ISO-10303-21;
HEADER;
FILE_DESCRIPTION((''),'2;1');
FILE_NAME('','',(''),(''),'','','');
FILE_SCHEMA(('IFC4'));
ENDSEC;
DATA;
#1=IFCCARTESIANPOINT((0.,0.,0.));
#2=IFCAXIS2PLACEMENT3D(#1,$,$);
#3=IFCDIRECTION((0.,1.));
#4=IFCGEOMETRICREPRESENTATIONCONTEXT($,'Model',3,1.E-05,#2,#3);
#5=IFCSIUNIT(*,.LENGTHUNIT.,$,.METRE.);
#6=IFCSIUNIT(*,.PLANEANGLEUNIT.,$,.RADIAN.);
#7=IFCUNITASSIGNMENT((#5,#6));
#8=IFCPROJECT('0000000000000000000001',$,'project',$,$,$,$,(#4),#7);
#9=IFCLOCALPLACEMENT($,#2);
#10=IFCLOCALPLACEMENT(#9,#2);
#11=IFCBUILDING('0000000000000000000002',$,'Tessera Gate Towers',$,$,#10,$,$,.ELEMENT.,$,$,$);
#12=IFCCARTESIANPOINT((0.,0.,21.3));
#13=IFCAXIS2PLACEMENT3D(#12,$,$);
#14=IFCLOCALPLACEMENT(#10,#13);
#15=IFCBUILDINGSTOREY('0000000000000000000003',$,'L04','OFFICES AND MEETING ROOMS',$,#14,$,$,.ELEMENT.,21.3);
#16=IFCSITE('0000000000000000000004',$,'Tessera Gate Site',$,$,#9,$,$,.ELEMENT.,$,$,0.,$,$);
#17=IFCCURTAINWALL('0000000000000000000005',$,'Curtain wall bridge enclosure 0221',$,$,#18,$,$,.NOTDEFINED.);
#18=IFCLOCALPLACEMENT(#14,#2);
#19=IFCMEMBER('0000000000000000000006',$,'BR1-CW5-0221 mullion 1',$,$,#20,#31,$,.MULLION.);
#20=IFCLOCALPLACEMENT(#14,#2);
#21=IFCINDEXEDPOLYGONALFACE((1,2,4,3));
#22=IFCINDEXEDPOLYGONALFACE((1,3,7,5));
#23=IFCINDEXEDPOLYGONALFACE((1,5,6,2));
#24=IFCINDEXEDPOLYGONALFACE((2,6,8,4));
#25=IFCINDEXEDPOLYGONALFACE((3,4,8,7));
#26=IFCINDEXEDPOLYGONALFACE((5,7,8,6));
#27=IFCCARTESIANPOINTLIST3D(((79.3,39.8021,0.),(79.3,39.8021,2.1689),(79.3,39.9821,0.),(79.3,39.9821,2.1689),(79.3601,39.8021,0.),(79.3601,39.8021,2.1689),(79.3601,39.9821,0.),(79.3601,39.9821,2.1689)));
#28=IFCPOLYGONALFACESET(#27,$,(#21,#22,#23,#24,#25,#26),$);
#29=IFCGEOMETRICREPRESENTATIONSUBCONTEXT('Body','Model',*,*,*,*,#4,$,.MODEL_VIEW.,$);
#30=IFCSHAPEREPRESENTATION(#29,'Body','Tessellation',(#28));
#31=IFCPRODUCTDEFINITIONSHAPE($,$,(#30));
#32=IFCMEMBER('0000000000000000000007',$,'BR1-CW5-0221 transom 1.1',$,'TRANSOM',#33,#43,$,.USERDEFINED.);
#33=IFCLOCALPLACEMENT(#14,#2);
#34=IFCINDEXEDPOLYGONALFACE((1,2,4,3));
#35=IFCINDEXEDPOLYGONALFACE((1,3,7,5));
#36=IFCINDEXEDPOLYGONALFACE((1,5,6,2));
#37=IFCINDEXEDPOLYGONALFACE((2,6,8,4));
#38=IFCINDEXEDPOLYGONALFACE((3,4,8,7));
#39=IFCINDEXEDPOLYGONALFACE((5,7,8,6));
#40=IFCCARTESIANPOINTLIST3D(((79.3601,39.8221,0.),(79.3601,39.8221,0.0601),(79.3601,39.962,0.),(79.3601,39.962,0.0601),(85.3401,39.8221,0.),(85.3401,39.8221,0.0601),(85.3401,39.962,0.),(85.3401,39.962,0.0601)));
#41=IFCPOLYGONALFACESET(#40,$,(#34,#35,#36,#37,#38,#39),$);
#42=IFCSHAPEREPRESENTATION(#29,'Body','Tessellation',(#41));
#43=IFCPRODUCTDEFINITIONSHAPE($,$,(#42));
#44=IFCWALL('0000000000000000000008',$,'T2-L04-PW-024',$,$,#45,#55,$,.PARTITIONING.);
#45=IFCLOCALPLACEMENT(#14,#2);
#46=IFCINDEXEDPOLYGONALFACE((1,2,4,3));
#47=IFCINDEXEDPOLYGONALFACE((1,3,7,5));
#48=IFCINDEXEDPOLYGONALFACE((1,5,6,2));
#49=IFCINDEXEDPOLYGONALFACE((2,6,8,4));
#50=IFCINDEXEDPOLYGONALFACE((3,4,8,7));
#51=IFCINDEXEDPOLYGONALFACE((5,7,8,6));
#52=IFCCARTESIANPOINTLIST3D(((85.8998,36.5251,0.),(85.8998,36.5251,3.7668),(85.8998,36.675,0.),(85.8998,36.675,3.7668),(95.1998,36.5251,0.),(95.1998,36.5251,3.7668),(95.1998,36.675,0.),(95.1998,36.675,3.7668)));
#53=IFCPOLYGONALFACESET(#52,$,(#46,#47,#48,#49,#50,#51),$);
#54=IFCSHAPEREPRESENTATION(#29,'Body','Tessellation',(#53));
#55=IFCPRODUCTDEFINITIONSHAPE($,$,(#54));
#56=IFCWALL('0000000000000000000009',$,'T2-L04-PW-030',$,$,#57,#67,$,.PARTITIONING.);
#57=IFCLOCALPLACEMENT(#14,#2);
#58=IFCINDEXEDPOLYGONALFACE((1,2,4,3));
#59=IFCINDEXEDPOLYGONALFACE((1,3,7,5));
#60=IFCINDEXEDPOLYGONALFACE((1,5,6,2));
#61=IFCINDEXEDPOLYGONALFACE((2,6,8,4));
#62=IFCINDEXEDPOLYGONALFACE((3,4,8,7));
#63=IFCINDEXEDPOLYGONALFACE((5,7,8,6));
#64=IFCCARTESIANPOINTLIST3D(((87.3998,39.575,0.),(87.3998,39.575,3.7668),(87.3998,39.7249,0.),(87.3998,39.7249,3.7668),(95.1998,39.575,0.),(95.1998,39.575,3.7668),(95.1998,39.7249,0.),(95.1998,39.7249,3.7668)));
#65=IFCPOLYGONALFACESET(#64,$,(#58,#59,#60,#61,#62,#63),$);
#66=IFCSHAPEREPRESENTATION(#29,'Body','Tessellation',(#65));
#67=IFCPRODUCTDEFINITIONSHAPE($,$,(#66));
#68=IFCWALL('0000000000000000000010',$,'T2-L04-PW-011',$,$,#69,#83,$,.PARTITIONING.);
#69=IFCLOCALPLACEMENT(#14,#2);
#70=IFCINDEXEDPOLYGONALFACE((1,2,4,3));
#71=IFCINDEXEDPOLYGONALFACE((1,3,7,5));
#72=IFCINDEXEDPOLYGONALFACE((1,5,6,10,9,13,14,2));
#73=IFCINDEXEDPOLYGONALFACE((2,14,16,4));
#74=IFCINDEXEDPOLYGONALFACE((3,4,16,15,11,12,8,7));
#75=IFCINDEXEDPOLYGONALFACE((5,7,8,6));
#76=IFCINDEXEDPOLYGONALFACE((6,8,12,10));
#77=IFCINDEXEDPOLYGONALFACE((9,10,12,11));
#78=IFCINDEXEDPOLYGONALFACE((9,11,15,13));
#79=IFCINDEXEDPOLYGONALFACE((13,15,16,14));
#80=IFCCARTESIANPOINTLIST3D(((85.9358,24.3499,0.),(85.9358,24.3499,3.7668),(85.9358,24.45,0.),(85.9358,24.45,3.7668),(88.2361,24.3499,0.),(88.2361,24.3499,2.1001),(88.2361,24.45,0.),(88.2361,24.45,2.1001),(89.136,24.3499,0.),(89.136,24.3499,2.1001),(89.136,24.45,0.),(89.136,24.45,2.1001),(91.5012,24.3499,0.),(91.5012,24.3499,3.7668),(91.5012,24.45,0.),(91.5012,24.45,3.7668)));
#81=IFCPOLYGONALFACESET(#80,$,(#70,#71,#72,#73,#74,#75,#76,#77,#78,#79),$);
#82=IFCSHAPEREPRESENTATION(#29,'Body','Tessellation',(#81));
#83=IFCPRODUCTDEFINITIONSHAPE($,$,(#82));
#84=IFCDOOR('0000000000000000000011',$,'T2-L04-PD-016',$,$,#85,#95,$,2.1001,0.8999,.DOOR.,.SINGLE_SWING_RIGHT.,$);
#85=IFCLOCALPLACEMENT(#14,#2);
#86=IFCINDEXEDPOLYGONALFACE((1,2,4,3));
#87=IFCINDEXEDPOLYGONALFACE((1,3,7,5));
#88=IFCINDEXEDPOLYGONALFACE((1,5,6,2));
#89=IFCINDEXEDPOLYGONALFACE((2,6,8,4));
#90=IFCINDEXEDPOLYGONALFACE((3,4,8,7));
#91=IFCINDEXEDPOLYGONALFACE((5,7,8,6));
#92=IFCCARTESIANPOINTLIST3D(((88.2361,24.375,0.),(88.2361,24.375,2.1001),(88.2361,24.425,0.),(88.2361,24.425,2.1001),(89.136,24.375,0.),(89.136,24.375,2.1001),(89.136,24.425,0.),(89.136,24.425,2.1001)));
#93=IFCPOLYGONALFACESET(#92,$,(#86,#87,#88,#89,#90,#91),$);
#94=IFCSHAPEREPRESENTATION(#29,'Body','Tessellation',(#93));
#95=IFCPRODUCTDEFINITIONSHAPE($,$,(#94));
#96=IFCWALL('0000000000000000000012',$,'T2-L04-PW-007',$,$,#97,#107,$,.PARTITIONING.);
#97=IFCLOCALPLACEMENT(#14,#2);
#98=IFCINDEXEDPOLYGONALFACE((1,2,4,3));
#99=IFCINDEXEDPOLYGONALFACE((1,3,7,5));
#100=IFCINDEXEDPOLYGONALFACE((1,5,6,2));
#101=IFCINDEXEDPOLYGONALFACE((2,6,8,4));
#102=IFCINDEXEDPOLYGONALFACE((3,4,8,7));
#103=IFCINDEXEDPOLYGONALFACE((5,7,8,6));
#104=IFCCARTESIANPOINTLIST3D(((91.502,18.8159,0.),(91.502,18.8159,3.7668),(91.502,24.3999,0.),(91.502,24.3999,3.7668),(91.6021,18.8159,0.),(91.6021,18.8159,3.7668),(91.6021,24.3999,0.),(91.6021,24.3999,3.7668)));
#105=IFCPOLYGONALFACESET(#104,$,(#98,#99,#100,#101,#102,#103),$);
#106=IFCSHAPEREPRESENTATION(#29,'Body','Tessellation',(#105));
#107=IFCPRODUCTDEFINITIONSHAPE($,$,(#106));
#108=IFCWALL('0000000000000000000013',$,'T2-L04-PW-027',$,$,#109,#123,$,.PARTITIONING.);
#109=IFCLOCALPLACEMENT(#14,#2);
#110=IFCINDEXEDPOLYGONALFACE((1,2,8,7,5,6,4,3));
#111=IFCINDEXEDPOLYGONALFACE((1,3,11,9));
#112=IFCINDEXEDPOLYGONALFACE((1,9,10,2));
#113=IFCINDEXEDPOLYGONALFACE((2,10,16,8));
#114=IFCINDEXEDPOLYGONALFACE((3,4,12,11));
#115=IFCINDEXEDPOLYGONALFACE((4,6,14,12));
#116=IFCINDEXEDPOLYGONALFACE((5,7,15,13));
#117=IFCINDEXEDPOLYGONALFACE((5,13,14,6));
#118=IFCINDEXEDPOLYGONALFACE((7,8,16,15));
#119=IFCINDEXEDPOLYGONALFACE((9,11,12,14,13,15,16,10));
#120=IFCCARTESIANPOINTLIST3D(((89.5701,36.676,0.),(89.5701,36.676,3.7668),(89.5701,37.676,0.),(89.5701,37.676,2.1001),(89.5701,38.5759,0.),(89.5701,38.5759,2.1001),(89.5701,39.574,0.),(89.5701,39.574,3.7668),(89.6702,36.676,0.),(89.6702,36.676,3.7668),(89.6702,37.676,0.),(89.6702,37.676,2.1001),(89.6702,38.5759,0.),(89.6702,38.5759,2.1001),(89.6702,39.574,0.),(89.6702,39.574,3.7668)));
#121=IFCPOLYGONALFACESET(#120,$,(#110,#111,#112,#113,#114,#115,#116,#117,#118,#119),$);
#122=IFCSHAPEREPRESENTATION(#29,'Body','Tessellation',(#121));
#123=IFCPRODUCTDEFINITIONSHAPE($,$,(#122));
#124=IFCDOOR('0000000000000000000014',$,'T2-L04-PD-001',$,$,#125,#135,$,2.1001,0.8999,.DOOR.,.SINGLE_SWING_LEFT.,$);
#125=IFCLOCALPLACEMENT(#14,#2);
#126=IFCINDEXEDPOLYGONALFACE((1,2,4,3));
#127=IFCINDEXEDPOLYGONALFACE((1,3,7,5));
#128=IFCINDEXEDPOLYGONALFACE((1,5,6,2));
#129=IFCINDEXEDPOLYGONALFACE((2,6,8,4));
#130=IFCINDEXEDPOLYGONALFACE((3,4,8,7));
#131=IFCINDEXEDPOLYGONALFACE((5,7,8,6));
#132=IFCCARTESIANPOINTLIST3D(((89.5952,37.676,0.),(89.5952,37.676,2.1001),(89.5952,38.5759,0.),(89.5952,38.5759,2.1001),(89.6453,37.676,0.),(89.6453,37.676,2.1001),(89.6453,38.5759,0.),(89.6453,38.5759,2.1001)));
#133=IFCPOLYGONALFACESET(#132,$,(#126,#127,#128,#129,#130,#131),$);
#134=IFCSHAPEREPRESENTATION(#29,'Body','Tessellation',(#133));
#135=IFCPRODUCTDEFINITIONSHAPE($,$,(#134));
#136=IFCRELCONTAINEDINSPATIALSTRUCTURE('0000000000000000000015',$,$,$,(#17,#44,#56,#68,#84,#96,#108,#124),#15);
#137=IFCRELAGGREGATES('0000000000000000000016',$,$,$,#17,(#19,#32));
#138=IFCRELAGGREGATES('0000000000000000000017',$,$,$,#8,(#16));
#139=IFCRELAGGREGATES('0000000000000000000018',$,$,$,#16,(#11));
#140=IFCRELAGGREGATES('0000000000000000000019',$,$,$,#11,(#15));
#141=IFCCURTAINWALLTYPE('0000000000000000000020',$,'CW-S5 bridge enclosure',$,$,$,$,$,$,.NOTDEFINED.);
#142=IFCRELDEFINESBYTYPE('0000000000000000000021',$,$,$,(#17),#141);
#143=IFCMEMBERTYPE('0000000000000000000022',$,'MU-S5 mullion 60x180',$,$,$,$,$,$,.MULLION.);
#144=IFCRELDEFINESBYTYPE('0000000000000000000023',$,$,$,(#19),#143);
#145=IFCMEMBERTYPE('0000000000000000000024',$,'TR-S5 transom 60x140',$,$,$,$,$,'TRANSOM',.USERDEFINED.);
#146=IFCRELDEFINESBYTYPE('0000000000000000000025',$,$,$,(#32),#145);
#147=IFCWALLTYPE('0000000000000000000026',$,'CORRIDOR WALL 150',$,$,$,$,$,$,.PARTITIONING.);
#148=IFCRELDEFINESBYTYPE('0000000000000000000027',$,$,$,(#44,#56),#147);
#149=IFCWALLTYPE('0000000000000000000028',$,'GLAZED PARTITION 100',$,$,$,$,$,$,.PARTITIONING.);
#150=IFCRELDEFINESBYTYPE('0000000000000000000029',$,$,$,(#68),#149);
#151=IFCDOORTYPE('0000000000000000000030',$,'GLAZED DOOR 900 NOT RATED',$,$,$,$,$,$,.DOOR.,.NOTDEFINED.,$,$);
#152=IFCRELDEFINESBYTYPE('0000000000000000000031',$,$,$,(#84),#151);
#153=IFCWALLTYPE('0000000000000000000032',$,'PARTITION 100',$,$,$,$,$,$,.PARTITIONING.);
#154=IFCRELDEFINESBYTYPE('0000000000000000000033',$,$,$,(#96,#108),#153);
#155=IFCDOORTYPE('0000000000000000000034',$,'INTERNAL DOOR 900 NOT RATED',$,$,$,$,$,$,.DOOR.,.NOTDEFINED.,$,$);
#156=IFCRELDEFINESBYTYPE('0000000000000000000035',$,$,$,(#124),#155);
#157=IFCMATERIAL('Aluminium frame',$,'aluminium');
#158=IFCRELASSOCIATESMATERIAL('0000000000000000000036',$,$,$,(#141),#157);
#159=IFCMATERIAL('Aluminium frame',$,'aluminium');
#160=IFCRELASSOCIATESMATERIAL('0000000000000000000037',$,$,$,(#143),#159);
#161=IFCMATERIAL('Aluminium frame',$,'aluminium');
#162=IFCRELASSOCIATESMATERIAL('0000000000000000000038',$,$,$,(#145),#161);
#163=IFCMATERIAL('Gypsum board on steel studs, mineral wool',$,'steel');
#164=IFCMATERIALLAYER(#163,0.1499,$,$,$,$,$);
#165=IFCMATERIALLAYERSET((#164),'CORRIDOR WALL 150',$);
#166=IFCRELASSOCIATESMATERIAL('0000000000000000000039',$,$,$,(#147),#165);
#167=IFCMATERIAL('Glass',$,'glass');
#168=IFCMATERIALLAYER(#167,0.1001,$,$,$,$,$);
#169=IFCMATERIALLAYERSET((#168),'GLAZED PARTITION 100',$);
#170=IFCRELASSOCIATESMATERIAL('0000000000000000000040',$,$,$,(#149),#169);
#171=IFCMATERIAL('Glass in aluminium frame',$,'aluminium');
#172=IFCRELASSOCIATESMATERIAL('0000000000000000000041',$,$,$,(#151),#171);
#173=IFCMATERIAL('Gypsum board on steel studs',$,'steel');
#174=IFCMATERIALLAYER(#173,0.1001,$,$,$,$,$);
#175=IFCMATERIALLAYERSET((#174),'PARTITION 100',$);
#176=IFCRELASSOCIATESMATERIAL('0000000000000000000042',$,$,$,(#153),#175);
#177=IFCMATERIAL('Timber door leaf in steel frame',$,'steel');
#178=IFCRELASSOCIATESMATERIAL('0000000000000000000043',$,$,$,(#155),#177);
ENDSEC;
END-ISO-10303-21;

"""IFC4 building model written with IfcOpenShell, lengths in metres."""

from ifc_helpers import new_model, si_unit, direction, frame, frame_2d, origin, origin_2d, place, context, subcontext, project, spatial, rectangle, extrude, source, transform, mapped, material, layer, layer_set, material_profile, profile_set, type_object, element, fill, aggregate, save


model = new_model("IFC4")

# Units and contexts
model_context = context("Model", 3, precision=1e-05, world=origin(), true_north=direction((0.0, 1.0)))
body_context = subcontext(model_context, "Body", "Model", "MODEL_VIEW")
ifc_project = project(units=[si_unit("LENGTHUNIT", "METRE"), si_unit("PLANEANGLEUNIT", "RADIAN")], contexts=[model_context])

# Site, building, storey
site_placement = place(None, origin())
site = spatial("IfcSite", under=ifc_project, at=site_placement, Name="Tessera Gate Site", CompositionType="ELEMENT", RefElevation=0.0)
building_placement = place(site_placement, origin())
building = spatial("IfcBuilding", under=site, at=building_placement, Name="Tessera Gate Towers", CompositionType="ELEMENT")
storey_placement = place(building_placement, frame((0.0, 0.0, 21.3)))
storey = spatial("IfcBuildingStorey", under=building, at=storey_placement, Name="L04", Description="OFFICES AND MEETING ROOMS", CompositionType="ELEMENT", Elevation=21.3)

# Shared definitions
ifc_material_1 = material(Name="Aluminium frame", Category="aluminium")
curtain_wall_type = type_object("IfcCurtainWallType", Name="CW-S5 bridge enclosure", PredefinedType="NOTDEFINED", material=ifc_material_1)
ifc_material_2 = material(Name="Aluminium frame", Category="aluminium")
ifc_material_profile_1 = material_profile(ifc_material_2, rectangle(XDim=0.0601, YDim=0.1799, at=origin_2d()), Name="AL 60x180")
ifc_profile_set_1 = profile_set([ifc_material_profile_1], Name="Aluminium frame")
member_type_1 = type_object("IfcMemberType", Name="MU-S5 mullion 60x180", PredefinedType="MULLION", material=ifc_profile_set_1)

# Curtain wall, members
curtain_wall_1_placement = place(storey_placement, origin())
curtain_wall_1 = element("IfcCurtainWall", 1, at=curtain_wall_1_placement, inside=storey, type_object=curtain_wall_type, Name="Curtain wall bridge enclosure 0221", PredefinedType="NOTDEFINED")
member_1_placement = place(storey_placement, frame((79.3301, 39.8921, 0.0), z_axis=(0.0, 0.0, 1.0), x_axis=(1.0, 0.0, 0.0)))
member_1 = element("IfcMember", 2, at=member_1_placement, type_object=member_type_1, Name="BR1-CW5-0221 mullion 1", PredefinedType="MULLION", context=body_context, shape_type="SweptSolid", body=[
    extrude(rectangle(XDim=0.0601, YDim=0.1799, at=origin_2d()), origin(), (0.0, 0.0, 1.0), 2.1689),
])
ifc_material_3 = material(Name="Aluminium frame", Category="aluminium")
ifc_material_profile_2 = material_profile(ifc_material_3, rectangle(XDim=0.1399, YDim=0.0601, at=origin_2d()), Name="AL 60x140")
ifc_profile_set_2 = profile_set([ifc_material_profile_2], Name="Aluminium frame")
member_type_2 = type_object("IfcMemberType", Name="TR-S5 transom 60x140", ElementType="TRANSOM", PredefinedType="USERDEFINED", material=ifc_profile_set_2)
member_2_placement = place(storey_placement, frame((79.3601, 39.8921, 0.03), z_axis=(1.0, 0.0, 0.0), x_axis=(0.0, 1.0, 0.0)))
member_2 = element("IfcMember", 3, at=member_2_placement, type_object=member_type_2, Name="BR1-CW5-0221 transom 1.1", ObjectType="TRANSOM", PredefinedType="USERDEFINED", context=body_context, shape_type="SweptSolid", body=[
    extrude(rectangle(XDim=0.1399, YDim=0.0601, at=origin_2d()), origin(), (0.0, 0.0, 1.0), 5.98),
])
aggregate(curtain_wall_1, [member_1, member_2])

# Walls
ifc_material_4 = material(Name="Gypsum board on steel studs, mineral wool", Category="steel")
ifc_layer_1 = layer(ifc_material_4, 0.1499)
ifc_layer_set_1 = layer_set([ifc_layer_1], Name="CORRIDOR WALL 150")
wall_type_1 = type_object("IfcWallType", Name="CORRIDOR WALL 150", PredefinedType="PARTITIONING", material=ifc_layer_set_1)
wall_1_placement = place(storey_placement, frame((85.8999, 36.6001, 0.0), z_axis=(0.0, 0.0, 1.0), x_axis=(1.0, 0.0, 0.0)))
element("IfcWall", 4, at=wall_1_placement, inside=storey, type_object=wall_type_1, Name="T2-L04-PW-024", PredefinedType="PARTITIONING", context=body_context, shape_type="SweptSolid", body=[
    extrude(rectangle(XDim=9.3, YDim=0.1499, at=frame_2d((4.6499, 0.0))), origin(), (0.0, 0.0, 1.0), 3.7668),
])
wall_2_placement = place(storey_placement, frame((87.3999, 39.6499, 0.0), z_axis=(0.0, 0.0, 1.0), x_axis=(1.0, 0.0, 0.0)))
element("IfcWall", 5, at=wall_2_placement, inside=storey, type_object=wall_type_1, Name="T2-L04-PW-030", PredefinedType="PARTITIONING", context=body_context, shape_type="SweptSolid", body=[
    extrude(rectangle(XDim=7.8, YDim=0.1499, at=frame_2d((3.8999, 0.0))), origin(), (0.0, 0.0, 1.0), 3.7668),
])

# Wall, opening, door
ifc_material_5 = material(Name="Glass", Category="glass")
ifc_layer_2 = layer(ifc_material_5, 0.1001)
ifc_layer_set_2 = layer_set([ifc_layer_2], Name="GLAZED PARTITION 100")
wall_type_2 = type_object("IfcWallType", Name="GLAZED PARTITION 100", PredefinedType="PARTITIONING", material=ifc_layer_set_2)
wall_3_placement = place(storey_placement, frame((91.5012, 24.3999, 0.0), z_axis=(0.0, 0.0, 1.0), x_axis=(-1.0, 0.0, 0.0)))
wall_3 = element("IfcWall", 6, at=wall_3_placement, inside=storey, type_object=wall_type_2, Name="T2-L04-PW-011", PredefinedType="PARTITIONING", context=body_context, shape_type="SweptSolid", body=[
    extrude(rectangle(XDim=5.5654, YDim=0.1001, at=frame_2d((2.7827, 0.0))), origin(), (0.0, 0.0, 1.0), 3.7668),
])
shared_shape_1 = source(origin(), body_context, "Body", "SweptSolid", [
    extrude(rectangle(XDim=0.8999, YDim=2.1001, at=frame_2d((0.45, 1.05))), frame((0.0, 0.0601, 0.0), z_axis=(0.0, -1.0, 0.0), x_axis=(1.0, 0.0, 0.0)), (0.0, 0.0, 1.0), 0.1201),
])
opening_1_placement = place(wall_3_placement, frame((2.3652, 0.0, 0.0)))
opening_1 = element("IfcOpeningElement", 7, at=opening_1_placement, cuts=wall_3, PredefinedType="OPENING", context=body_context, shape_type="MappedRepresentation", body=[
    mapped(shared_shape_1, transform((0.0, 0.0, 0.0), scale=1.0)),
])
ifc_material_6 = material(Name="Glass in aluminium frame", Category="aluminium")
door_type_1 = type_object("IfcDoorType", Name="GLAZED DOOR 900 NOT RATED", OperationType="NOTDEFINED", PredefinedType="DOOR", material=ifc_material_6)
shared_shape_2 = source(origin(), body_context, "Body", "SweptSolid", [
    extrude(rectangle(XDim=0.8999, YDim=2.1001, at=frame_2d((0.45, 1.05))), frame((0.0, 0.0249, 0.0), z_axis=(0.0, -1.0, 0.0), x_axis=(1.0, 0.0, 0.0)), (0.0, 0.0, 1.0), 0.05),
])
door_1_placement = place(opening_1_placement, origin())
door_1 = element("IfcDoor", 8, at=door_1_placement, inside=storey, type_object=door_type_1, Name="T2-L04-PD-016", OperationType="SINGLE_SWING_RIGHT", OverallHeight=2.1001, OverallWidth=0.8999, PredefinedType="DOOR", context=body_context, shape_type="MappedRepresentation", body=[
    mapped(shared_shape_2, transform((0.0, 0.0, 0.0), scale=1.0)),
])
fill(opening_1, door_1)

# Wall
ifc_material_7 = material(Name="Gypsum board on steel studs", Category="steel")
ifc_layer_3 = layer(ifc_material_7, 0.1001)
ifc_layer_set_3 = layer_set([ifc_layer_3], Name="PARTITION 100")
wall_type_3 = type_object("IfcWallType", Name="PARTITION 100", PredefinedType="PARTITIONING", material=ifc_layer_set_3)
wall_4_placement = place(storey_placement, frame((91.552, 18.8159, 0.0), z_axis=(0.0, 0.0, 1.0), x_axis=(0.0, 1.0, 0.0)))
element("IfcWall", 9, at=wall_4_placement, inside=storey, type_object=wall_type_3, Name="T2-L04-PW-007", PredefinedType="PARTITIONING", context=body_context, shape_type="SweptSolid", body=[
    extrude(rectangle(XDim=5.584, YDim=0.1001, at=frame_2d((2.792, 0.0))), origin(), (0.0, 0.0, 1.0), 3.7668),
])

# Wall, opening, door
wall_5_placement = place(storey_placement, frame((89.6201, 36.676, 0.0), z_axis=(0.0, 0.0, 1.0), x_axis=(0.0, 1.0, 0.0)))
wall_5 = element("IfcWall", 10, at=wall_5_placement, inside=storey, type_object=wall_type_3, Name="T2-L04-PW-027", PredefinedType="PARTITIONING", context=body_context, shape_type="SweptSolid", body=[
    extrude(rectangle(XDim=2.8979, YDim=0.1001, at=frame_2d((1.449, 0.0))), origin(), (0.0, 0.0, 1.0), 3.7668),
])
opening_2_placement = place(wall_5_placement, frame((1.0, 0.0, 0.0)))
opening_2 = element("IfcOpeningElement", 11, at=opening_2_placement, cuts=wall_5, PredefinedType="OPENING", context=body_context, shape_type="MappedRepresentation", body=[
    mapped(shared_shape_1, transform((0.0, 0.0, 0.0), scale=1.0)),
])
ifc_material_8 = material(Name="Timber door leaf in steel frame", Category="steel")
door_type_2 = type_object("IfcDoorType", Name="INTERNAL DOOR 900 NOT RATED", OperationType="NOTDEFINED", PredefinedType="DOOR", material=ifc_material_8)
door_2_placement = place(opening_2_placement, origin())
door_2 = element("IfcDoor", 12, at=door_2_placement, inside=storey, type_object=door_type_2, Name="T2-L04-PD-001", OperationType="SINGLE_SWING_LEFT", OverallHeight=2.1001, OverallWidth=0.8999, PredefinedType="DOOR", context=body_context, shape_type="MappedRepresentation", body=[
    mapped(shared_shape_2, transform((0.0, 0.0, 0.0), scale=1.0)),
])
fill(opening_2, door_2)

save(model, "model.ifc")
